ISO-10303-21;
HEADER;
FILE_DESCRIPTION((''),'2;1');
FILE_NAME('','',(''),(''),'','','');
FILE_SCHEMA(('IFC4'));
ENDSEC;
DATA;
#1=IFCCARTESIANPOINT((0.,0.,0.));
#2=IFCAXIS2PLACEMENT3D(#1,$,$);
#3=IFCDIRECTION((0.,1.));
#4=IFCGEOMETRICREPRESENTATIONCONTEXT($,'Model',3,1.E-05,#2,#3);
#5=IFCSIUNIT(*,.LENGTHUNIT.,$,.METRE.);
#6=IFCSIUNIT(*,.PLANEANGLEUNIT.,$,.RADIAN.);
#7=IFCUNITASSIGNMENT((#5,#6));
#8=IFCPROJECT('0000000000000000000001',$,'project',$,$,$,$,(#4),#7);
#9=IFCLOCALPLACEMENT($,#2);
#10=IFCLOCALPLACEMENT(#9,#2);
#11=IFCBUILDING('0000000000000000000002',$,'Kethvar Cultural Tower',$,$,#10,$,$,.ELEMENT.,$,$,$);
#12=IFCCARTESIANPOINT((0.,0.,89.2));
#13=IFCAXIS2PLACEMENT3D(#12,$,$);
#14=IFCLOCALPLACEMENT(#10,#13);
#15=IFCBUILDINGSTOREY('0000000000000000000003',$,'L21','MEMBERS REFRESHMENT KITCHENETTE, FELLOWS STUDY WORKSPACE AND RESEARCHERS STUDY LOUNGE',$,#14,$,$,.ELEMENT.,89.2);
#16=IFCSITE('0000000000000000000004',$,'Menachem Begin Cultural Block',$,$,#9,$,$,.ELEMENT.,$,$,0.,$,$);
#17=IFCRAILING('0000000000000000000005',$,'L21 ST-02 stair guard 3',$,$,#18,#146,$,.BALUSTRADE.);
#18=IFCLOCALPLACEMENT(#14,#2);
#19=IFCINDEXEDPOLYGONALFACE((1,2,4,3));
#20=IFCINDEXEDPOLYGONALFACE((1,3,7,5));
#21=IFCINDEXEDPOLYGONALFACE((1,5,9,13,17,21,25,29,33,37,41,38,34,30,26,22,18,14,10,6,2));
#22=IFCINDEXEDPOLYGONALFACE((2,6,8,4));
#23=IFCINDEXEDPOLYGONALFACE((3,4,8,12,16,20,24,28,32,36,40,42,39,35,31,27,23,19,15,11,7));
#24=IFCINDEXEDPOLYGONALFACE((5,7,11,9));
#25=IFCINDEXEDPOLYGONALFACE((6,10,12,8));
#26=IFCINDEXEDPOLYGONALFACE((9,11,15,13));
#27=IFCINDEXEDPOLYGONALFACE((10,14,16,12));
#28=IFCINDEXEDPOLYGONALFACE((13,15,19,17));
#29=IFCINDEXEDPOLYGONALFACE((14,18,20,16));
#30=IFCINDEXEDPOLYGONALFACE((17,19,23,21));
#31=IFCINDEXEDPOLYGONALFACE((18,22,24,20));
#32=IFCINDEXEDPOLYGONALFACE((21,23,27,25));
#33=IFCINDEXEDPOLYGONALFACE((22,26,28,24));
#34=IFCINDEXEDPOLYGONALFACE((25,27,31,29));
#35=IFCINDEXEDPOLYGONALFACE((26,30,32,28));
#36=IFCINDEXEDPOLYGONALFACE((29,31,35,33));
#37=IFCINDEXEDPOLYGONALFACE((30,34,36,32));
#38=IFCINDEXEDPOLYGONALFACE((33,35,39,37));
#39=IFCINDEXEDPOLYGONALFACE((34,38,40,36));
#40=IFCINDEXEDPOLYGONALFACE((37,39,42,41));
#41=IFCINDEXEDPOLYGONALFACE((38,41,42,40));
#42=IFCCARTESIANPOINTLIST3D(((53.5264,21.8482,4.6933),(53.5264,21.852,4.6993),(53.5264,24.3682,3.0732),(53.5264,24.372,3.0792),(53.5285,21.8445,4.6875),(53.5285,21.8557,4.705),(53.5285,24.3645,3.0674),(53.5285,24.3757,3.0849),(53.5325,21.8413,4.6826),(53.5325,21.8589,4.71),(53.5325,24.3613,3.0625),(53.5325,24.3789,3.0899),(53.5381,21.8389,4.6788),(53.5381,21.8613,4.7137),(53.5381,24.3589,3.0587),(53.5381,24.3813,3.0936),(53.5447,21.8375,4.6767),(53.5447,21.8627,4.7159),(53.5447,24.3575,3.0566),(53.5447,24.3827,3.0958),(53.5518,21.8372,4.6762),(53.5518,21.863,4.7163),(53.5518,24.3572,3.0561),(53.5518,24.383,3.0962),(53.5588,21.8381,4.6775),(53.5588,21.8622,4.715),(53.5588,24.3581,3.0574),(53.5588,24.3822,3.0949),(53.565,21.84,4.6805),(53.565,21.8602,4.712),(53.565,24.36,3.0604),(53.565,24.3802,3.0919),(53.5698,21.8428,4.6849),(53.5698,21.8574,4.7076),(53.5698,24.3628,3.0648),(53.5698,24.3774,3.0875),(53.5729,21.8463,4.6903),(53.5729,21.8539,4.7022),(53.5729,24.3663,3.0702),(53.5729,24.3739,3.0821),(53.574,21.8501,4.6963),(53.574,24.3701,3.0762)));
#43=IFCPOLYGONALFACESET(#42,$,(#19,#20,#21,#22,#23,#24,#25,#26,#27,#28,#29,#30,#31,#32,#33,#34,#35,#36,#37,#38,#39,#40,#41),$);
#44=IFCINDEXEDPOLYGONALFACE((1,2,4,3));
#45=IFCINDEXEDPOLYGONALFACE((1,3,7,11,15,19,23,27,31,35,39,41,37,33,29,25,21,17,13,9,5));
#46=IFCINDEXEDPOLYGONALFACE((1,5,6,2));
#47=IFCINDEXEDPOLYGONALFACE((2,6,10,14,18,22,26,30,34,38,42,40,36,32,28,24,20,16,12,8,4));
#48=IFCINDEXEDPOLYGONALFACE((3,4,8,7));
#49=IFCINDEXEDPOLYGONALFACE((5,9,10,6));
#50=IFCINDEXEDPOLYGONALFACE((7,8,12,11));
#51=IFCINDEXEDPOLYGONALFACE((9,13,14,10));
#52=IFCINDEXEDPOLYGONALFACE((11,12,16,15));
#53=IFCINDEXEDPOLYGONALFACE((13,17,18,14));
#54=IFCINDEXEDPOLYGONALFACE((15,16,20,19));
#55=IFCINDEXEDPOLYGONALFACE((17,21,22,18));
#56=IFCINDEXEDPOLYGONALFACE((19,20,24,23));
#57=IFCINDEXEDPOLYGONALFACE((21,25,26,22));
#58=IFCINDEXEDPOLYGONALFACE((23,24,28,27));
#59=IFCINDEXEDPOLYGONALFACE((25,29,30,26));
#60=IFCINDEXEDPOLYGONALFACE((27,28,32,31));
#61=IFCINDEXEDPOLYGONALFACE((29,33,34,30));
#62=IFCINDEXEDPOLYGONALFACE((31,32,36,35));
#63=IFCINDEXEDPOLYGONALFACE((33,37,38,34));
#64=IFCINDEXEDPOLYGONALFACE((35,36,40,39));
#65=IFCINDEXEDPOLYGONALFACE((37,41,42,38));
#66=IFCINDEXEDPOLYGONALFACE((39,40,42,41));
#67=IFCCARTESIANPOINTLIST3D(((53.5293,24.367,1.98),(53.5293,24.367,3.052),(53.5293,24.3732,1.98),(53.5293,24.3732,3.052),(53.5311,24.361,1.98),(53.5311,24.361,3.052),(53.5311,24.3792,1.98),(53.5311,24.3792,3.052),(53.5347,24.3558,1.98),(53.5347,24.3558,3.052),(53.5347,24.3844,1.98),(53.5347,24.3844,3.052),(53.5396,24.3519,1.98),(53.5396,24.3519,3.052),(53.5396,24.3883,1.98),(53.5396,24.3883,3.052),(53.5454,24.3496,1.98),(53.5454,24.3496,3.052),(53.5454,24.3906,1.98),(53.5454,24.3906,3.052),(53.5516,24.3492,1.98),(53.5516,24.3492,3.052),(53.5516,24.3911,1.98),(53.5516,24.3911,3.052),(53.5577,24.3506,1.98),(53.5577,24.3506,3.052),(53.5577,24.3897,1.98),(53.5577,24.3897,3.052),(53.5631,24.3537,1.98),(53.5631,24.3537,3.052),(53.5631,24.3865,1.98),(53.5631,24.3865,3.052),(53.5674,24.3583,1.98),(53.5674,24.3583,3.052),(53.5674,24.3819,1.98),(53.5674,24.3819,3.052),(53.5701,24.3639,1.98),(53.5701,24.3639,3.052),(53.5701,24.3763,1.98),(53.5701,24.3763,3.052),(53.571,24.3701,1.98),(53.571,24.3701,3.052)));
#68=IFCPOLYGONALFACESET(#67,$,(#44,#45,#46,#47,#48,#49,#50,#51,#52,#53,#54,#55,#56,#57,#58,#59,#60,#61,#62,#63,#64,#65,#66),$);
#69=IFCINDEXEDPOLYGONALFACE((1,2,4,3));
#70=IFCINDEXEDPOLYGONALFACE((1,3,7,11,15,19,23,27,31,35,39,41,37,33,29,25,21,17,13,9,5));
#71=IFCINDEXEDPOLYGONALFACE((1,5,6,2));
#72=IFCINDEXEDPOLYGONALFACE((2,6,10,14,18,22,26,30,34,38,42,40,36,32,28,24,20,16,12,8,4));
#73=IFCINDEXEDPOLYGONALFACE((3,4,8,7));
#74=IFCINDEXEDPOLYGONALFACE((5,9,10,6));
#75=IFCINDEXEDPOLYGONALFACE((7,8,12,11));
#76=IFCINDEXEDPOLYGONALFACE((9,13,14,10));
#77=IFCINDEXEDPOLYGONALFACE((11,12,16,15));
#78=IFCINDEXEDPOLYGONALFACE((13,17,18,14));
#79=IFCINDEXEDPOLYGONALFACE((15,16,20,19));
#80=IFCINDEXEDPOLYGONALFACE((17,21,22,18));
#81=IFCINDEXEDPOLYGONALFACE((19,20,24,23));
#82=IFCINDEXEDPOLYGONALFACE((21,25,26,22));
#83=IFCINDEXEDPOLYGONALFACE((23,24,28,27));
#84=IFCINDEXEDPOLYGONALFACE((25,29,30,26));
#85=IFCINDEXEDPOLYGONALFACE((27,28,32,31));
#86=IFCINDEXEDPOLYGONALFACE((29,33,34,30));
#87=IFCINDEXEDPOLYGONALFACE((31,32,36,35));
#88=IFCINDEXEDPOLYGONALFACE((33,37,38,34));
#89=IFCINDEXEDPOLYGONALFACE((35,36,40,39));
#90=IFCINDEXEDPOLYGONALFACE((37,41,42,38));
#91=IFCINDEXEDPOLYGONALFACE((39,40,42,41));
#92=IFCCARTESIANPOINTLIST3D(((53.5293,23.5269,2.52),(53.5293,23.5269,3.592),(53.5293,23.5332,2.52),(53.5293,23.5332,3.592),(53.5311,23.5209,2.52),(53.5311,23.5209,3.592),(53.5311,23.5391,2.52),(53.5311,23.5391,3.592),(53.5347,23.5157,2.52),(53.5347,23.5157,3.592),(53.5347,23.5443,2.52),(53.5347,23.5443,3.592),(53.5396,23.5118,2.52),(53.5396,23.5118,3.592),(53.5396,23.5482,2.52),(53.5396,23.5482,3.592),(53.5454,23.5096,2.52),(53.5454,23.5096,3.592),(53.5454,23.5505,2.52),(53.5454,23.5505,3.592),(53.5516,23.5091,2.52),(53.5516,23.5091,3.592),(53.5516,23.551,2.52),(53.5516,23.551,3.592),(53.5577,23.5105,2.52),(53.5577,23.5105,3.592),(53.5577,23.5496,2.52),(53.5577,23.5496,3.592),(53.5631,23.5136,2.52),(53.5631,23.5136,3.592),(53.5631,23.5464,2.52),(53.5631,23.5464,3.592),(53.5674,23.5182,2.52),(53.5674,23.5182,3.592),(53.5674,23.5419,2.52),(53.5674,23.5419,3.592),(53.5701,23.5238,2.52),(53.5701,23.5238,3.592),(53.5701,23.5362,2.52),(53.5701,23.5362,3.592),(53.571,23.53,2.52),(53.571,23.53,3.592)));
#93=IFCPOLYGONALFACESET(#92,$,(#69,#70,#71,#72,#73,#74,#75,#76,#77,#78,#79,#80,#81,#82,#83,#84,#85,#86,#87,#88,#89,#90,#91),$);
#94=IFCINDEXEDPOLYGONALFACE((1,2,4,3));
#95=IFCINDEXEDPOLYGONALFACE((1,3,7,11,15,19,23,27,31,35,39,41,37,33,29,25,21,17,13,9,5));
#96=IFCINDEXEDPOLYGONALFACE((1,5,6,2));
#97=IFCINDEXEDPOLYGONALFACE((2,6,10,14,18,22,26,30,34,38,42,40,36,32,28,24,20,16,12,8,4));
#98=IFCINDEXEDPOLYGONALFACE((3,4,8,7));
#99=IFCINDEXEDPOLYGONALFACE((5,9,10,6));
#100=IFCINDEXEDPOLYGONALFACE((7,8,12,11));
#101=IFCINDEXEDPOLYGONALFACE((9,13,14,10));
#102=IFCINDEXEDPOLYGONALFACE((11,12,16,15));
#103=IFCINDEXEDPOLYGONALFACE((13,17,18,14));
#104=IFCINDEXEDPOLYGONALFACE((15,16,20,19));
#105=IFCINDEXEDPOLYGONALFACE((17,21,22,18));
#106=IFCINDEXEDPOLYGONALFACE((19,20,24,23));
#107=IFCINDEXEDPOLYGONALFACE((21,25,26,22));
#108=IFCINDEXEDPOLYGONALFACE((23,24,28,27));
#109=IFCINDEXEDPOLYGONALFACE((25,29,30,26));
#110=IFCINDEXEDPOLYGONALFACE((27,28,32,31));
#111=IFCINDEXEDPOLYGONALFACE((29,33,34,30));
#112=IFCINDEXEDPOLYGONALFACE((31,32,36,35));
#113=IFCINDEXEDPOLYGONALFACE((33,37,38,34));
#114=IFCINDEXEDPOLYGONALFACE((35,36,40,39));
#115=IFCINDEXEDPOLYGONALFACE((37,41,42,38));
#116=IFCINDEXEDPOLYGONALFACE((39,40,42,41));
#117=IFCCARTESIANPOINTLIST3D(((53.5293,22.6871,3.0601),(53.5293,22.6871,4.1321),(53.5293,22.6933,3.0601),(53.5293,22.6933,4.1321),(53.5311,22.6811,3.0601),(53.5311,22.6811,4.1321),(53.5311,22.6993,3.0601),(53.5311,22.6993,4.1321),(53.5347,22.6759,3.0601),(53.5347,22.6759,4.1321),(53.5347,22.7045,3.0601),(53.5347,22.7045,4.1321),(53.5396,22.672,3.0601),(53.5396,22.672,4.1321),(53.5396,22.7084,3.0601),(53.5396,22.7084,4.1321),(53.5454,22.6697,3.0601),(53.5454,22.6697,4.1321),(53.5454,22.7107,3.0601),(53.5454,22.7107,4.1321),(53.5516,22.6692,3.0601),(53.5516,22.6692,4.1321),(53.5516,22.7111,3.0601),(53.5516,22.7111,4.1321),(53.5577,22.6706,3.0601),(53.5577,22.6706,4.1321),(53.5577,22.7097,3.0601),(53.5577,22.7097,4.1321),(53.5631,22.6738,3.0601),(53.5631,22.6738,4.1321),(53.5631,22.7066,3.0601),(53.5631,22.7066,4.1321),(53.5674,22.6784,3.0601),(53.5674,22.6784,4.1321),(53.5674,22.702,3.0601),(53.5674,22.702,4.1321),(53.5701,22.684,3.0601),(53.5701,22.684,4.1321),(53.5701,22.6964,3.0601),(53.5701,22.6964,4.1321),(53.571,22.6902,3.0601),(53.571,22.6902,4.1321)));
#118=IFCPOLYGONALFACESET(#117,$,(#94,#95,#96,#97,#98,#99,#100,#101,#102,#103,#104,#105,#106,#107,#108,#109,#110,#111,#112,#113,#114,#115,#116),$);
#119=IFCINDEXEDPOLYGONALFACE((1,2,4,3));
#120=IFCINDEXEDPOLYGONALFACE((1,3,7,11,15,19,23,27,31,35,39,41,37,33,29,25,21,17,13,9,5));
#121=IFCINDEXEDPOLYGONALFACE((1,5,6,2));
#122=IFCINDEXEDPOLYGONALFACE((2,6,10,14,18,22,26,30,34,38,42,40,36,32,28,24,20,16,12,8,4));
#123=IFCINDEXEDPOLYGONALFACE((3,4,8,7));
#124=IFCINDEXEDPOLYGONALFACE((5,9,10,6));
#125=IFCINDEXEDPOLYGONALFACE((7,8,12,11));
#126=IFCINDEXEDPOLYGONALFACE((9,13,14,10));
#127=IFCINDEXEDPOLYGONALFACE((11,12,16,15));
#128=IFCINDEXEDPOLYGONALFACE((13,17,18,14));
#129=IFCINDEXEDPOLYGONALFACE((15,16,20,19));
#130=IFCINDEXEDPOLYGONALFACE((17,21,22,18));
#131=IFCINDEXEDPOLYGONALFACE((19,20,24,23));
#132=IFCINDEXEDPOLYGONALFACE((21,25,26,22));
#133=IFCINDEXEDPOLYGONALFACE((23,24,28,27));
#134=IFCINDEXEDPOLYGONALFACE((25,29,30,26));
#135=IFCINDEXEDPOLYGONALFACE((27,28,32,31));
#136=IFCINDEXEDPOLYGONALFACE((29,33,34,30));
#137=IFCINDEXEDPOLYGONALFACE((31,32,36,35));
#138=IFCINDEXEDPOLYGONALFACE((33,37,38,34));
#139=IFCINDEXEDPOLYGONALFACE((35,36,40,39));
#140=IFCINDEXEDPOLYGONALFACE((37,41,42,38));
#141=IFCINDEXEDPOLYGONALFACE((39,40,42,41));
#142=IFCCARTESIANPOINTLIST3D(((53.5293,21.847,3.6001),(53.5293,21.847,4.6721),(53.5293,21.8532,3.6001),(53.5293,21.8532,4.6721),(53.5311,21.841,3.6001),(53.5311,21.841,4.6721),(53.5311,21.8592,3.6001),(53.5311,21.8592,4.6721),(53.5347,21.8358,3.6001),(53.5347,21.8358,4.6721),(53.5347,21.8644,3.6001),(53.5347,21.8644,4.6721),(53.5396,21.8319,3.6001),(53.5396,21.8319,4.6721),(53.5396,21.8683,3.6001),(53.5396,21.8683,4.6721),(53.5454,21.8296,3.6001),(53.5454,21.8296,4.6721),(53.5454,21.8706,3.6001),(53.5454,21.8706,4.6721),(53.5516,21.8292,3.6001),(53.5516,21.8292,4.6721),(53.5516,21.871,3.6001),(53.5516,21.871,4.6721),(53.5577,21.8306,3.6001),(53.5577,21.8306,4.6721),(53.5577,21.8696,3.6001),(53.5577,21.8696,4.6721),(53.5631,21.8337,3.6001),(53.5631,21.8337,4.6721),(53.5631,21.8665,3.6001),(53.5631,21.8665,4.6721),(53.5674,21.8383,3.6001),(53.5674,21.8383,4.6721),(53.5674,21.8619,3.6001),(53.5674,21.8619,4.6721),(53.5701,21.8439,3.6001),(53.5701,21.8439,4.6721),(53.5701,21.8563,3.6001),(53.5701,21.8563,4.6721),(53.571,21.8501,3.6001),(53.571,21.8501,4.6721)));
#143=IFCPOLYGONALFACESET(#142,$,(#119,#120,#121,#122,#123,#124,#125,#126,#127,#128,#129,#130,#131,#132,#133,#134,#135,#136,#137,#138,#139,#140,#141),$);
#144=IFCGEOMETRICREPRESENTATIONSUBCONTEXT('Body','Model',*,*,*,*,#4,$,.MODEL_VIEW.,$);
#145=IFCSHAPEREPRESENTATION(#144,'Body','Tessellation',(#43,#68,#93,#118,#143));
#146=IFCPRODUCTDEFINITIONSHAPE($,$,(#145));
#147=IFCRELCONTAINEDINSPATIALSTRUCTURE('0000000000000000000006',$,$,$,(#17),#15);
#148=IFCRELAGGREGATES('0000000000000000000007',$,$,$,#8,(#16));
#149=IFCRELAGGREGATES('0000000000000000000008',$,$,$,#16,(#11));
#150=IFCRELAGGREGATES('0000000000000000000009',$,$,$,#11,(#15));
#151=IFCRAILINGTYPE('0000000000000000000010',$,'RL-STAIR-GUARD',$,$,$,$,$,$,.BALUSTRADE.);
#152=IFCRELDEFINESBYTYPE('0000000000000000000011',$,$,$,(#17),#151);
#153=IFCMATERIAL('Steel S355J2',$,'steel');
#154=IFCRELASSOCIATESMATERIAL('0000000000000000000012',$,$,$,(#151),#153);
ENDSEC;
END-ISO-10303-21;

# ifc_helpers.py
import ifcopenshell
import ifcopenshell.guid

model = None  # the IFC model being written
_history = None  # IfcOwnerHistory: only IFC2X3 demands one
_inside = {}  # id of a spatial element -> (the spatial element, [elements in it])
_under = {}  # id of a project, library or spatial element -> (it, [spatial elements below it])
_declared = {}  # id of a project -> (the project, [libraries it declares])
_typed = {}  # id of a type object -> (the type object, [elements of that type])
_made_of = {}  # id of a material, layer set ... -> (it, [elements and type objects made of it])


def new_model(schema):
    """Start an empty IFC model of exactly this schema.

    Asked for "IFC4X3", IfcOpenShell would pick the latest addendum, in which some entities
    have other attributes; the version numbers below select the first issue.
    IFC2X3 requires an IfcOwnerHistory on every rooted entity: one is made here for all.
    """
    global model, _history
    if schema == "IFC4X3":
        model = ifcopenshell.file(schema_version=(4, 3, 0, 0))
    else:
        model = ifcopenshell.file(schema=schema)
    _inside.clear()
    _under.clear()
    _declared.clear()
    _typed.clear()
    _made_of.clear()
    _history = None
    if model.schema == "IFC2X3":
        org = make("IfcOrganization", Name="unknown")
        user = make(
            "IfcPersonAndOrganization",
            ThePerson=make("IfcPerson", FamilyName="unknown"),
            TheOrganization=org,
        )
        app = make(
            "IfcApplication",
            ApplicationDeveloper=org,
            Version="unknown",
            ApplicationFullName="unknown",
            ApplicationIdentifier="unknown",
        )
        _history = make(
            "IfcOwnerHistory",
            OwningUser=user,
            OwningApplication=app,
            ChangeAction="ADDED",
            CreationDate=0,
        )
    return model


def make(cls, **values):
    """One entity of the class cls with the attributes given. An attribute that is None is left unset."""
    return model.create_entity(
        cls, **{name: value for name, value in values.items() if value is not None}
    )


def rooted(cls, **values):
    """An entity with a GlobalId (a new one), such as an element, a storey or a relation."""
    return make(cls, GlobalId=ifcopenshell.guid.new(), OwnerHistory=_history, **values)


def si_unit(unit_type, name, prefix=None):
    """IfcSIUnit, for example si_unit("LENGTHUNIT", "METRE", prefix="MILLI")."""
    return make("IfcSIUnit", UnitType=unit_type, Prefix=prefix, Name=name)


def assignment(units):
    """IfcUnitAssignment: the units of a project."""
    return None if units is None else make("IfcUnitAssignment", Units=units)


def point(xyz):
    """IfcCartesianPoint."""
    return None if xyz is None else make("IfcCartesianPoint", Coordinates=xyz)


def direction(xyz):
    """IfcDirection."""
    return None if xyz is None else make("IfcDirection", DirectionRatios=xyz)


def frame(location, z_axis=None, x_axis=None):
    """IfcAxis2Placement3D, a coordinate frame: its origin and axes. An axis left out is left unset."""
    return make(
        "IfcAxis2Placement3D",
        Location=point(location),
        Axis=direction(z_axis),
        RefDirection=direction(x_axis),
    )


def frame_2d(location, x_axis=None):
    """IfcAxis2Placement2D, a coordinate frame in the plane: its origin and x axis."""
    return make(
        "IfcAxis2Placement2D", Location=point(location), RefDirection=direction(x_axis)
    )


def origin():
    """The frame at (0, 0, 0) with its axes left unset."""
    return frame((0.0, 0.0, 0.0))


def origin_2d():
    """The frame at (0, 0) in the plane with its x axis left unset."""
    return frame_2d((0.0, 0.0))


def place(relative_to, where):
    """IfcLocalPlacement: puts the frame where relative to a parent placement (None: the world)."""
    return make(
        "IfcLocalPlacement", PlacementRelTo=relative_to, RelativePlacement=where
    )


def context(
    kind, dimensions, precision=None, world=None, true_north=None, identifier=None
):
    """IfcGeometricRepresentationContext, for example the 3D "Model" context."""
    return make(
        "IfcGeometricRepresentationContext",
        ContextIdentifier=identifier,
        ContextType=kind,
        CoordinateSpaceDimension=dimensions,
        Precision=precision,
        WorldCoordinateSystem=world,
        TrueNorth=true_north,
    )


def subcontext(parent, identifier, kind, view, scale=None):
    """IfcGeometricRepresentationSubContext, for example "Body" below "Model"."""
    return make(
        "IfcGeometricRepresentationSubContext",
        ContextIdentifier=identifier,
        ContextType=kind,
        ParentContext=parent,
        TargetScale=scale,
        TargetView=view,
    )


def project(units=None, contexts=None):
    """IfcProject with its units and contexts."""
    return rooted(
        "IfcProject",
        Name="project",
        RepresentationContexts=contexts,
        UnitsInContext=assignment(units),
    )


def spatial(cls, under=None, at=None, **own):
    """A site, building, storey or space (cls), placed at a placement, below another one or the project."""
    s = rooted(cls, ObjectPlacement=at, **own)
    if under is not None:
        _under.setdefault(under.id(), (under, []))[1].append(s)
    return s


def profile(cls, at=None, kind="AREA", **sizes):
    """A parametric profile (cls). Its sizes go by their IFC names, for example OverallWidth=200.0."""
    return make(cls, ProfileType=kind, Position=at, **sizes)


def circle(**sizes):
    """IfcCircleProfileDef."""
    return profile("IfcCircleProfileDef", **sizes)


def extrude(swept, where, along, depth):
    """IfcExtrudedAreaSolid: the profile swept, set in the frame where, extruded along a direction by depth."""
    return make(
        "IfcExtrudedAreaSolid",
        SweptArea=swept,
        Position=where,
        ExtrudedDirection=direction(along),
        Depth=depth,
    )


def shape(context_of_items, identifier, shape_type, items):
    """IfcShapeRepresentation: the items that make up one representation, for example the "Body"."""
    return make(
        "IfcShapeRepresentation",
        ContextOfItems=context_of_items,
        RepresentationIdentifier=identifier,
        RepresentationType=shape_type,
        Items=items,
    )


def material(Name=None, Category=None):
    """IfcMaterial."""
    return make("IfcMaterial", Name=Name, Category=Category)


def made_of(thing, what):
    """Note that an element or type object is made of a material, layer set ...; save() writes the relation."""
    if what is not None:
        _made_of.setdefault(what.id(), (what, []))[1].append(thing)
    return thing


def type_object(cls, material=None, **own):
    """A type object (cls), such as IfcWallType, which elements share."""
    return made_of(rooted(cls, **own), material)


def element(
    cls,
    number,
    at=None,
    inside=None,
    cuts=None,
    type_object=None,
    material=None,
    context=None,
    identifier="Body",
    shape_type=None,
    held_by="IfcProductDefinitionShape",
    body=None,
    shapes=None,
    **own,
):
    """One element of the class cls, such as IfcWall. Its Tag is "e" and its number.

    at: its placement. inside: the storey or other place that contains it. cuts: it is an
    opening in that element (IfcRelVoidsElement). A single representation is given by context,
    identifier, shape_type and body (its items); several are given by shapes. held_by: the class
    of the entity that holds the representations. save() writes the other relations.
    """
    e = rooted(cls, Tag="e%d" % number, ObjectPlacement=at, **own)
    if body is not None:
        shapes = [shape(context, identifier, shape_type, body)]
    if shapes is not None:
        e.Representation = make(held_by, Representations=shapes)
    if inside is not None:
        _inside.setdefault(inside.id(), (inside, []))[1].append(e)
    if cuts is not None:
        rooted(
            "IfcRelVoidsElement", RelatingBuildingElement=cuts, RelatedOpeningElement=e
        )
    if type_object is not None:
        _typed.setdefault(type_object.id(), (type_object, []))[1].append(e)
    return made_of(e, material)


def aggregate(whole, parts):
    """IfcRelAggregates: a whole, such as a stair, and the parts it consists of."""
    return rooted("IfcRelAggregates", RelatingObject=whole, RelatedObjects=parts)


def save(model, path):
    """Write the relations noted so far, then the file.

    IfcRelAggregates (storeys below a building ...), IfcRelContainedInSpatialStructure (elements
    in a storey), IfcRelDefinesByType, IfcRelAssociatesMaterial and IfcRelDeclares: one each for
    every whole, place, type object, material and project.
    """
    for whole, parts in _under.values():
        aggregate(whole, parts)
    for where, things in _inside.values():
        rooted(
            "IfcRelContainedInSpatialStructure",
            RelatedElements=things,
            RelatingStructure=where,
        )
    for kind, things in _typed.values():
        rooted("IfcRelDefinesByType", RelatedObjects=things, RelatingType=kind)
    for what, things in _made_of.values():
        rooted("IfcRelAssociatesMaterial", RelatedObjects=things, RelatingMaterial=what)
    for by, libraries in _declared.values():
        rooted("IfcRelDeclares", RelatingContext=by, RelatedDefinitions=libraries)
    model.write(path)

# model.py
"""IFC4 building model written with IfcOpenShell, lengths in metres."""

from ifc_helpers import new_model, si_unit, direction, frame, origin, origin_2d, place, context, subcontext, project, spatial, circle, extrude, material, type_object, element, save


model = new_model("IFC4")

# Units and contexts
model_context = context("Model", 3, precision=1e-05, world=origin(), true_north=direction((0.0, 1.0)))
body_context = subcontext(model_context, "Body", "Model", "MODEL_VIEW")
ifc_project = project(units=[si_unit("LENGTHUNIT", "METRE"), si_unit("PLANEANGLEUNIT", "RADIAN")], contexts=[model_context])

# Site, building, storey
site_placement = place(None, origin())
site = spatial("IfcSite", under=ifc_project, at=site_placement, Name="Menachem Begin Cultural Block", CompositionType="ELEMENT", RefElevation=0.0)
building_placement = place(site_placement, origin())
building = spatial("IfcBuilding", under=site, at=building_placement, Name="Kethvar Cultural Tower", CompositionType="ELEMENT")
storey_placement = place(building_placement, frame((0.0, 0.0, 89.2)))
storey = spatial("IfcBuildingStorey", under=building, at=storey_placement, Name="L21", Description="MEMBERS REFRESHMENT KITCHENETTE, FELLOWS STUDY WORKSPACE AND RESEARCHERS STUDY LOUNGE", CompositionType="ELEMENT", Elevation=89.2)

# Shared definitions
ifc_material_1 = material(Name="Steel S355J2", Category="steel")

# Railing
railing_type_1 = type_object("IfcRailingType", Name="RL-STAIR-GUARD", PredefinedType="BALUSTRADE", material=ifc_material_1)
railing_1_placement = place(storey_placement, frame((53.55, 24.3701, 1.98)))
element("IfcRailing", 1, at=railing_1_placement, inside=storey, type_object=railing_type_1, Name="L21 ST-02 stair guard 3", PredefinedType="BALUSTRADE", context=body_context, shape_type="SweptSolid", body=[
    extrude(circle(Radius=0.0239, at=origin_2d()), frame((0.0, 0.0, 1.0962), z_axis=(0.0, -0.841163, 0.540782), x_axis=(1.0, 0.0, 0.0)), (0.0, 0.0, 1.0), 2.9958),
    extrude(circle(Radius=0.021, at=origin_2d()), origin(), (0.0, 0.0, 1.0), 1.072),
    extrude(circle(Radius=0.021, at=origin_2d()), frame((0.0, -0.8401, 0.54)), (0.0, 0.0, 1.0), 1.072),
    extrude(circle(Radius=0.021, at=origin_2d()), frame((0.0, -1.6799, 1.0801)), (0.0, 0.0, 1.0), 1.072),
    extrude(circle(Radius=0.021, at=origin_2d()), frame((0.0, -2.52, 1.6201)), (0.0, 0.0, 1.0), 1.072),
])

save(model, "model.ifc")
